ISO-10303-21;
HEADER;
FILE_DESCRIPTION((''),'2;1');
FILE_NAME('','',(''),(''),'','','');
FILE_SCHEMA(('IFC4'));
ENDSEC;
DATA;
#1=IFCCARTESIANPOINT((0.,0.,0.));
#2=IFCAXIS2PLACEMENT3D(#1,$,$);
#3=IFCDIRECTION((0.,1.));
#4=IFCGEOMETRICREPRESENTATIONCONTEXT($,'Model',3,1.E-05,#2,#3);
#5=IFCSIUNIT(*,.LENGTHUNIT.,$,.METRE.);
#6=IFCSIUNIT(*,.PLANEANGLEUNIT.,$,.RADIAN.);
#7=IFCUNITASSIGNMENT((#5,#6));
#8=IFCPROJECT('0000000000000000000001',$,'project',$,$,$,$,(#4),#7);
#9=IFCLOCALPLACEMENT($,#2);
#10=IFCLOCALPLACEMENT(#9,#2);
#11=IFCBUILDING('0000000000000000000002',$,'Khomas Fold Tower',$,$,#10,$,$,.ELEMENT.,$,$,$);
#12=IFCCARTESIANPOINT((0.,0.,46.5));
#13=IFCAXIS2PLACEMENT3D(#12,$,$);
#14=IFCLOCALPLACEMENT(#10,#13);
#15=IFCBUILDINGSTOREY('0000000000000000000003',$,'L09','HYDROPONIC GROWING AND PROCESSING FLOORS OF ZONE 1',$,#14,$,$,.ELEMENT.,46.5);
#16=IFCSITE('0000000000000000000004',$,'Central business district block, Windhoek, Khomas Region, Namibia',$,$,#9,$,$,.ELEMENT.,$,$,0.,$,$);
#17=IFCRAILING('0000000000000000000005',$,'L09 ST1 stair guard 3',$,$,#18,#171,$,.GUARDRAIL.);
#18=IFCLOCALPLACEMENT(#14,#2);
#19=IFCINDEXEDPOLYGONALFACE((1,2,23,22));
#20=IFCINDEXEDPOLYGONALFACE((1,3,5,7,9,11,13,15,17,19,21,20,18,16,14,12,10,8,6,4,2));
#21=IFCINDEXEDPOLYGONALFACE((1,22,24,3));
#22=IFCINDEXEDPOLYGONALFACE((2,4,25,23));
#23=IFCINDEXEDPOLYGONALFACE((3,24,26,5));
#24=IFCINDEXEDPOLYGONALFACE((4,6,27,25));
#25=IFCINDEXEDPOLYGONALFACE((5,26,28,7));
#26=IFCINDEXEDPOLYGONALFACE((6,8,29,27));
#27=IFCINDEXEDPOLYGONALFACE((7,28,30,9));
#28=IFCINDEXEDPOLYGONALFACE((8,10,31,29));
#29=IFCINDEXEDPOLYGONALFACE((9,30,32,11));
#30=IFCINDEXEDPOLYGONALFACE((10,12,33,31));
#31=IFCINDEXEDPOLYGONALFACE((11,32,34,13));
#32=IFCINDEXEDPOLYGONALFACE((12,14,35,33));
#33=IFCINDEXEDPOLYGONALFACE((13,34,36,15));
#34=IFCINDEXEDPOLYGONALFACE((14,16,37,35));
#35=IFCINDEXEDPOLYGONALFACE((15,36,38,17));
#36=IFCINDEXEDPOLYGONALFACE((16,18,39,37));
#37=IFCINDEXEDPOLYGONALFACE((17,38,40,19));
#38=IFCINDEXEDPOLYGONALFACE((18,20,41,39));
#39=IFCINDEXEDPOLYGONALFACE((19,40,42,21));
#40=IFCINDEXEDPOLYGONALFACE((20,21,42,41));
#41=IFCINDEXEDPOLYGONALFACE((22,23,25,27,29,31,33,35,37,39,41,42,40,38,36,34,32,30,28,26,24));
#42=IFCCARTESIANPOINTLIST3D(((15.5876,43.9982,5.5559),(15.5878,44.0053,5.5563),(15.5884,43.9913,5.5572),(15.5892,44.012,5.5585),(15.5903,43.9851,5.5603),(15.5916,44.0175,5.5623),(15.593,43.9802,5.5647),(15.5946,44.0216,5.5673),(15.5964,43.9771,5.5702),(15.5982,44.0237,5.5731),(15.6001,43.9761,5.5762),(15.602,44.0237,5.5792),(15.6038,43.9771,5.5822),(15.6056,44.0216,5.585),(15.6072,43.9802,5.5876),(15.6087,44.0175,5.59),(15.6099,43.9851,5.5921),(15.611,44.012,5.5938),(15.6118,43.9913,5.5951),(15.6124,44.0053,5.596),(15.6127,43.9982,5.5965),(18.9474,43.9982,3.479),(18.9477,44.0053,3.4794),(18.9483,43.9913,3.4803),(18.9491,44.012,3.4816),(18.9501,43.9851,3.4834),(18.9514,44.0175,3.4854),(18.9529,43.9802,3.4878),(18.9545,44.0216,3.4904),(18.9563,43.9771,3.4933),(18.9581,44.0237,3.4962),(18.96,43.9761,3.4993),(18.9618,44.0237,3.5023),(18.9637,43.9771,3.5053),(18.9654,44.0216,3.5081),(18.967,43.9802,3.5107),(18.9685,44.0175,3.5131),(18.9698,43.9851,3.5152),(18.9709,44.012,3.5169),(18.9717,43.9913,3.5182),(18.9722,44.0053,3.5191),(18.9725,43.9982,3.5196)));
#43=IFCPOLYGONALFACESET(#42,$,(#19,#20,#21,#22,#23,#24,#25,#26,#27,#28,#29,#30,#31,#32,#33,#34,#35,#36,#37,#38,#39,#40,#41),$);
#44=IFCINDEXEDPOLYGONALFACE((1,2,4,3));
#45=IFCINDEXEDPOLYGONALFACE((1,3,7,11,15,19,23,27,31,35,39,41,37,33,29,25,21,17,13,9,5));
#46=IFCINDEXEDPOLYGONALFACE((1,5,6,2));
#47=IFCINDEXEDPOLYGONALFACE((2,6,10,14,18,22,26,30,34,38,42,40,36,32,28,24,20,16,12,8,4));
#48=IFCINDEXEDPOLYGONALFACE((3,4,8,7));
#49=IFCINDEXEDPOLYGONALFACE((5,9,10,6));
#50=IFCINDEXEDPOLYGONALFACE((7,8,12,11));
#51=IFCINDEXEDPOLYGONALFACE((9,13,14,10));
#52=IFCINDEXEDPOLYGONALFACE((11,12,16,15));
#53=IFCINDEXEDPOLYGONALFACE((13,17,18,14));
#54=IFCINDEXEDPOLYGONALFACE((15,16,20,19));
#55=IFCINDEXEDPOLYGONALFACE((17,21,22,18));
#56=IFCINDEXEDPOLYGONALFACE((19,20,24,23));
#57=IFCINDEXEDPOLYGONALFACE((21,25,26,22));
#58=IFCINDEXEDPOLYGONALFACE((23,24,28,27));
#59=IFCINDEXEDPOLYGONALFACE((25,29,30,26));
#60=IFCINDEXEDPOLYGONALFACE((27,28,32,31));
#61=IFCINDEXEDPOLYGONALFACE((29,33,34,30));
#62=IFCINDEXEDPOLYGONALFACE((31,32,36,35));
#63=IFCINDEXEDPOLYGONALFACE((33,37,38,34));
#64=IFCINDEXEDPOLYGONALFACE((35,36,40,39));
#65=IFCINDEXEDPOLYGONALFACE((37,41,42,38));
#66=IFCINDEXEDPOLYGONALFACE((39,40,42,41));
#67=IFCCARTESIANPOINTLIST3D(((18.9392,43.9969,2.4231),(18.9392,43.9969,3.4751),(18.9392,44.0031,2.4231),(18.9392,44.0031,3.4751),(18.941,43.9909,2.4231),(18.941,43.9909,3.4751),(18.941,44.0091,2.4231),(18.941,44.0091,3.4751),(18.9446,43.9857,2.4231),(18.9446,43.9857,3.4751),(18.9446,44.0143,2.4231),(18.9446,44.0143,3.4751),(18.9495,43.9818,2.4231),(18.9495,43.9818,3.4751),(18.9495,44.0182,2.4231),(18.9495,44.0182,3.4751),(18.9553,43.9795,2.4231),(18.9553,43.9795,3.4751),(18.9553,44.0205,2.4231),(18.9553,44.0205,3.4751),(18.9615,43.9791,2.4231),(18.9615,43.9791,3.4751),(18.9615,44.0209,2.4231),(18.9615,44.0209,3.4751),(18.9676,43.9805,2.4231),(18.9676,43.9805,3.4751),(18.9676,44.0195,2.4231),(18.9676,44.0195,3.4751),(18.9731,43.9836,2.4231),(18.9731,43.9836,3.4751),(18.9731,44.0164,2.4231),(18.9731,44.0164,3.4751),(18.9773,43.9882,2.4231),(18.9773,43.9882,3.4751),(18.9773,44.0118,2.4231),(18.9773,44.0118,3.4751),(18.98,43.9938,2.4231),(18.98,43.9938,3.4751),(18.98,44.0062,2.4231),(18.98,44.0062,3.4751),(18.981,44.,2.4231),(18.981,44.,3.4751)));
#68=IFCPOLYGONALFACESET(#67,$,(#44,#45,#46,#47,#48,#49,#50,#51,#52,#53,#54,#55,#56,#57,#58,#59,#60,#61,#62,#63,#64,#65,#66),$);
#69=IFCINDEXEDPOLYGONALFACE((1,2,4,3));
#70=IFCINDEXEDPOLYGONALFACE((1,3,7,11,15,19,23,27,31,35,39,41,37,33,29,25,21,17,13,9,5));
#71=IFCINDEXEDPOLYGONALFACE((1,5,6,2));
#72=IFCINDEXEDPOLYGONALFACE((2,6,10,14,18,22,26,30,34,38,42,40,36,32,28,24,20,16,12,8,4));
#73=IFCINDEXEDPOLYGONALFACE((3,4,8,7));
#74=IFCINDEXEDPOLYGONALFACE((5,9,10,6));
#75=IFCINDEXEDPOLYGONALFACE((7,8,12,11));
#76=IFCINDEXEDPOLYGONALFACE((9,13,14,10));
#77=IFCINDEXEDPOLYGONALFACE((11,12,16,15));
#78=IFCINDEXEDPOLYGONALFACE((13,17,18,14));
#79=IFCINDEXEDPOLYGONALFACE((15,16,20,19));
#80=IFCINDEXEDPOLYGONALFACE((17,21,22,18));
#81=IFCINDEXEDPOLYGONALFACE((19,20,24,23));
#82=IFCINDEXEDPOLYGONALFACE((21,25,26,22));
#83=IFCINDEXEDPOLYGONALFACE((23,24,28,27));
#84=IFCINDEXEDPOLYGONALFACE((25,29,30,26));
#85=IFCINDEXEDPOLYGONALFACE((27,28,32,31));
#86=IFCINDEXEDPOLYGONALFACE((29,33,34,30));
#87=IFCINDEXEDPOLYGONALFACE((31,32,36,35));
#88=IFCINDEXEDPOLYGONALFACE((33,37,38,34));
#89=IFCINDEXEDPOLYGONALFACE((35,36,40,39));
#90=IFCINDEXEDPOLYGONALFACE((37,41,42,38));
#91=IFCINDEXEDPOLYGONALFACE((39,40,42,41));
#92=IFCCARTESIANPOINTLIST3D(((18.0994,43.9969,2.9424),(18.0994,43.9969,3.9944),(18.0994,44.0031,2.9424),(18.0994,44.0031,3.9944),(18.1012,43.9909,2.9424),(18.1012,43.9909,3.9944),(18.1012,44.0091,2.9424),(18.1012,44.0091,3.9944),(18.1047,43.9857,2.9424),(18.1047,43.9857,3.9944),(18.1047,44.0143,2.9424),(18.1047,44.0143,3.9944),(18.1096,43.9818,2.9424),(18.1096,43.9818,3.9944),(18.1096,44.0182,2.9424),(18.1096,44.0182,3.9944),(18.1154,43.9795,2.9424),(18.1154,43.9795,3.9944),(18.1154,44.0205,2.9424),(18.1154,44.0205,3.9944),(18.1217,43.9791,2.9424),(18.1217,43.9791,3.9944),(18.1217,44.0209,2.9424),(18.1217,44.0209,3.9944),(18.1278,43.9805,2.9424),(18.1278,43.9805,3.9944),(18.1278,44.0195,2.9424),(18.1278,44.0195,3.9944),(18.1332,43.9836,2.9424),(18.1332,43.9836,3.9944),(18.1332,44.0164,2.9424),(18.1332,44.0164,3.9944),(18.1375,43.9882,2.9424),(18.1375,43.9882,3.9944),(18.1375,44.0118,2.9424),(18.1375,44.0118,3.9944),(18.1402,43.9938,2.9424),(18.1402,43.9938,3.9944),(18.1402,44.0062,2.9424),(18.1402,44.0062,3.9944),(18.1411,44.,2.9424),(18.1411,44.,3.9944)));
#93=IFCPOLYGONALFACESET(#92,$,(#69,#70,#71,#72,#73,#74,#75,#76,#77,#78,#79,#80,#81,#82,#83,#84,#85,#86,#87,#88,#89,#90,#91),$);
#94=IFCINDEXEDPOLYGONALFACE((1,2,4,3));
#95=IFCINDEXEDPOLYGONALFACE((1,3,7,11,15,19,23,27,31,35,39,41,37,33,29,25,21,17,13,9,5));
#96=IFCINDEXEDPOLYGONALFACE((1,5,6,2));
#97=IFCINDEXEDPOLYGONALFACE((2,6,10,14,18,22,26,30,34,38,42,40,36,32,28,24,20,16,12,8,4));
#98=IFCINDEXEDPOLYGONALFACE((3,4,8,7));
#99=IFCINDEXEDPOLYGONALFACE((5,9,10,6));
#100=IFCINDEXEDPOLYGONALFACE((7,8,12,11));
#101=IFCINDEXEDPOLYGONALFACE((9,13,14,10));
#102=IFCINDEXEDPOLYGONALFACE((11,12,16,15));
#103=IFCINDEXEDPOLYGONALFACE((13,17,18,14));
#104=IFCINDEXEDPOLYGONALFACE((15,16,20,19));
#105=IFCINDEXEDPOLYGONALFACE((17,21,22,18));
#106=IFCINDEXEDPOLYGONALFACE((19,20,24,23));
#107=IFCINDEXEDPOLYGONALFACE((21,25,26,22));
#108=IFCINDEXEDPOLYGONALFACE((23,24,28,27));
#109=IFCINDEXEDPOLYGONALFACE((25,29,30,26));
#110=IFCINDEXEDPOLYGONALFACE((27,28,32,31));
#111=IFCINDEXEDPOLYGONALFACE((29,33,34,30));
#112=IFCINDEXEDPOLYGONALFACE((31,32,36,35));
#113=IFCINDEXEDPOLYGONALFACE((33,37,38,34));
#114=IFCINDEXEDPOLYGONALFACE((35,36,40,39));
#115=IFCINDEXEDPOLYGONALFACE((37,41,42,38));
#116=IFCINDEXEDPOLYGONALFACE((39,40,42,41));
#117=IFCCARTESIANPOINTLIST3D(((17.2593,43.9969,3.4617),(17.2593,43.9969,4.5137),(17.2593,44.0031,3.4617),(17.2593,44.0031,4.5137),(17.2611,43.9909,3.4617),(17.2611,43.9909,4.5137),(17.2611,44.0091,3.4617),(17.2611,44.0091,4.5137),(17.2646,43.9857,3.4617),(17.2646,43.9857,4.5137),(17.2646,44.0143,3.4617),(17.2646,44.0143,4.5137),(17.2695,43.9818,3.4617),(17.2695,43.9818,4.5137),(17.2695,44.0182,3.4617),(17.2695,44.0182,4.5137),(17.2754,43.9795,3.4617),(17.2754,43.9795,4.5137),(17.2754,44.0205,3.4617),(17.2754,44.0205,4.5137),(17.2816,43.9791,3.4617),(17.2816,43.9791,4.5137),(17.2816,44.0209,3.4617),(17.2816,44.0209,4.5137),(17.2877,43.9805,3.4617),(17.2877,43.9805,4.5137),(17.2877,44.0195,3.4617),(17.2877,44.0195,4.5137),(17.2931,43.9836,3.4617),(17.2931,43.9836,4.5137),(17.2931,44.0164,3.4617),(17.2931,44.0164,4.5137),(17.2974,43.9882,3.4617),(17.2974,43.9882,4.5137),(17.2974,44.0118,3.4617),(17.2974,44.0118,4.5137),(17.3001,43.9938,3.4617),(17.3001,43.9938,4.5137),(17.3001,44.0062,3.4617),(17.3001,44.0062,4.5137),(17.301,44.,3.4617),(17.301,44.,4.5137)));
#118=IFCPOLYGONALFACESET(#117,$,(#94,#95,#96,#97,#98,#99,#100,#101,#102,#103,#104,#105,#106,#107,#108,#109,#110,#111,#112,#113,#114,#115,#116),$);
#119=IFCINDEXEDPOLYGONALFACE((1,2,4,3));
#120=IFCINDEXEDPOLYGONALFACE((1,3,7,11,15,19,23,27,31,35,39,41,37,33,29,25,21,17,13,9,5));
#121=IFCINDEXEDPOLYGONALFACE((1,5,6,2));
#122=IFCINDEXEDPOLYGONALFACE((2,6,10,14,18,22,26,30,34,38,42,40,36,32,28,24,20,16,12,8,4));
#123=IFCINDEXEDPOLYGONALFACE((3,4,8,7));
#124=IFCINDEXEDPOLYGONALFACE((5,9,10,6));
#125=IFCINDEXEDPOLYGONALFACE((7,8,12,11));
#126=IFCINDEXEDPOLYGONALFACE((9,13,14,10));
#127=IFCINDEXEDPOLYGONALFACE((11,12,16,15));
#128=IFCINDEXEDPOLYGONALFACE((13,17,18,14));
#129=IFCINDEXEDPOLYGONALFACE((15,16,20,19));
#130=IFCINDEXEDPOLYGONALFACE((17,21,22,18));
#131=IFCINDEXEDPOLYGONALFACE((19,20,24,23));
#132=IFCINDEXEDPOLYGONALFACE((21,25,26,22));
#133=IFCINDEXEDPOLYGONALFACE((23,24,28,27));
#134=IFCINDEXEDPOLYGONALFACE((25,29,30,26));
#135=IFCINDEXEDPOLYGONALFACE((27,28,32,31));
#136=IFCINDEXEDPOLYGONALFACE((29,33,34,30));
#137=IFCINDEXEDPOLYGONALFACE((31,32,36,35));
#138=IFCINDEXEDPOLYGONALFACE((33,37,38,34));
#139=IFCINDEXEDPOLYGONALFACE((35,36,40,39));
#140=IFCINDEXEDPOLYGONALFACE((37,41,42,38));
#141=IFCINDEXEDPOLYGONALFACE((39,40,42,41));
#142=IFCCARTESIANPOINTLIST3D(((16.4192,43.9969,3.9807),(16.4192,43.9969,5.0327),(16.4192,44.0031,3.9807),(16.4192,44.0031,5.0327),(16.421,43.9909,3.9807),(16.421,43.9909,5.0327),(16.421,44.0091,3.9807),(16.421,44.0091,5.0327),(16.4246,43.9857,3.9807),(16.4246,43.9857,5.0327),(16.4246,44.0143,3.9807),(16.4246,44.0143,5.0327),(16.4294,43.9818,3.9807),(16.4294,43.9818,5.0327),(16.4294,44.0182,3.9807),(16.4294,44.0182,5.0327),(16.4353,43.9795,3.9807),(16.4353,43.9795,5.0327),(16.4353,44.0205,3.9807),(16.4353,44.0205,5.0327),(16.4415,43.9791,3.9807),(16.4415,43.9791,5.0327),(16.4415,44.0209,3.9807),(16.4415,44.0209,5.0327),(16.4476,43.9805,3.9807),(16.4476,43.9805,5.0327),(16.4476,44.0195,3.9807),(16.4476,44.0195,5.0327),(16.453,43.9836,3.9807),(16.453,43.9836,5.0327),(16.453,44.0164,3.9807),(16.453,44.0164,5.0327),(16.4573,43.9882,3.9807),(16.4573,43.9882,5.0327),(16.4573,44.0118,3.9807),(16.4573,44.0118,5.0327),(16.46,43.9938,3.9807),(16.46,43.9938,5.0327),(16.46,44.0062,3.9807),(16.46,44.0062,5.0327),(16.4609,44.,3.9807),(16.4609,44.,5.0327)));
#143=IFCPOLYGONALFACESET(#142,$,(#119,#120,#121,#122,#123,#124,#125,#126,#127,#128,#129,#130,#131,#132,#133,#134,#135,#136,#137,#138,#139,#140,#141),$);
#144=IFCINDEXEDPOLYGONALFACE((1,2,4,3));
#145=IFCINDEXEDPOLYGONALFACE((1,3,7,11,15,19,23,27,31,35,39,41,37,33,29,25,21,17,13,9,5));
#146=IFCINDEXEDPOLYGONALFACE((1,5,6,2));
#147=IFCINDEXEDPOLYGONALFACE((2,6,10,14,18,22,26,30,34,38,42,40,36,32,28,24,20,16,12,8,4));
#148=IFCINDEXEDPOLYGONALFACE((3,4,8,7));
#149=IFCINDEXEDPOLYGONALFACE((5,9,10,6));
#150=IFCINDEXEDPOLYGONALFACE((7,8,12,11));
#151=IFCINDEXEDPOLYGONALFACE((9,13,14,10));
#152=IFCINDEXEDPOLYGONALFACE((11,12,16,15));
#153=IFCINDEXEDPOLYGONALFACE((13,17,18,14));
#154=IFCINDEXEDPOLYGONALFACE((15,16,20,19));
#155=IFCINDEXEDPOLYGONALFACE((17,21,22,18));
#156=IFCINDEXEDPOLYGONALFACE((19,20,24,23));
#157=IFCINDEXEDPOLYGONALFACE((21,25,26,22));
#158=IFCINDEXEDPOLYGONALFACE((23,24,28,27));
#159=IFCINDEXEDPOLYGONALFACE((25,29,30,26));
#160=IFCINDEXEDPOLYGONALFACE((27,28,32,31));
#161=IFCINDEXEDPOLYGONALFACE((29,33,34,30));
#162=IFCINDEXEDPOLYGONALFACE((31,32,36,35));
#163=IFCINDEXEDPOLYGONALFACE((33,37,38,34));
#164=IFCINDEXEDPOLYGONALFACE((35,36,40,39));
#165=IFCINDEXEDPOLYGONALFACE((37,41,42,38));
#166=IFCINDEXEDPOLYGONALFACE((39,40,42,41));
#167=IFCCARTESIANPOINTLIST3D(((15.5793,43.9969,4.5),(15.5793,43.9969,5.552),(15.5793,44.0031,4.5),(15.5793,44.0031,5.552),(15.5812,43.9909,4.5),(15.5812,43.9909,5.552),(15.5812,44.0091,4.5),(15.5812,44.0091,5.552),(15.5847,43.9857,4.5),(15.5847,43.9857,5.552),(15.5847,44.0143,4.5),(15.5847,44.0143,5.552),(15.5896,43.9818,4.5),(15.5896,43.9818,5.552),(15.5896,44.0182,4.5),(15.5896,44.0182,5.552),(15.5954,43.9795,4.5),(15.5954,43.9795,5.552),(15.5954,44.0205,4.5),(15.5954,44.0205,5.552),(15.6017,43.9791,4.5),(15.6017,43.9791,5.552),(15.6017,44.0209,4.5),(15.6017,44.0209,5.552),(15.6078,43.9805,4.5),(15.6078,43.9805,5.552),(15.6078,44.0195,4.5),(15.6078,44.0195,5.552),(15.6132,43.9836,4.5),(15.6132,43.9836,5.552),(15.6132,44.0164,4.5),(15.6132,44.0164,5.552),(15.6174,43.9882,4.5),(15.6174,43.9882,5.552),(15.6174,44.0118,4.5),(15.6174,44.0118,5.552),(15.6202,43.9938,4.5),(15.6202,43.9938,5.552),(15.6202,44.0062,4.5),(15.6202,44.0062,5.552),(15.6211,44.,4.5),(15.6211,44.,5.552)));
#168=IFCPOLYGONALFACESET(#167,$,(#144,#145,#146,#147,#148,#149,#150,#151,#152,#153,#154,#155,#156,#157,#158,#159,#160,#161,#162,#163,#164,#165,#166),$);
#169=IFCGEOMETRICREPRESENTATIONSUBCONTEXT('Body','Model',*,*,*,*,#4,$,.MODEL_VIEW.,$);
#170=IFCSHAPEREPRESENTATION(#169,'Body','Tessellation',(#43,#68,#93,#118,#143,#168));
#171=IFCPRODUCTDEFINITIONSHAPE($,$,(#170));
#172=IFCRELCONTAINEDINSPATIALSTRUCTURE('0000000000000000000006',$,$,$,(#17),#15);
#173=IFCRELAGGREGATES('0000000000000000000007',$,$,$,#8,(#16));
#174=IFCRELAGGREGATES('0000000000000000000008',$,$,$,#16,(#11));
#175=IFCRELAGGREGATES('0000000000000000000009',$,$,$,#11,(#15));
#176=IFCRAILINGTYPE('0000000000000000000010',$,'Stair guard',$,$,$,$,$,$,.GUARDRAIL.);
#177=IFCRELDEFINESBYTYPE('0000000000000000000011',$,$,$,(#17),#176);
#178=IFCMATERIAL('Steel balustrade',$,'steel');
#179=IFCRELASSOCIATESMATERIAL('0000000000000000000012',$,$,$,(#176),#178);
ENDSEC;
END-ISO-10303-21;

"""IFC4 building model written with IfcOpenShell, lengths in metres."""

from ifc_helpers import new_model, si_unit, direction, frame, origin, origin_2d, place, context, subcontext, project, spatial, circle, extrude, source, transform, mapped, material, type_object, element, save


model = new_model("IFC4")

# Units and contexts
model_context = context("Model", 3, precision=1e-05, world=origin(), true_north=direction((0.0, 1.0)))
body_context = subcontext(model_context, "Body", "Model", "MODEL_VIEW")
ifc_project = project(units=[si_unit("LENGTHUNIT", "METRE"), si_unit("PLANEANGLEUNIT", "RADIAN")], contexts=[model_context])

# Site, building, storey
site_placement = place(None, origin())
site = spatial("IfcSite", under=ifc_project, at=site_placement, Name="Central business district block, Windhoek, Khomas Region, Namibia", CompositionType="ELEMENT", RefElevation=0.0)
building_placement = place(site_placement, origin())
building = spatial("IfcBuilding", under=site, at=building_placement, Name="Khomas Fold Tower", CompositionType="ELEMENT")
storey_placement = place(building_placement, frame((0.0, 0.0, 46.5)))
storey = spatial("IfcBuildingStorey", under=building, at=storey_placement, Name="L09", Description="HYDROPONIC GROWING AND PROCESSING FLOORS OF ZONE 1", CompositionType="ELEMENT", Elevation=46.5)

# Railing
ifc_material_1 = material(Name="Steel balustrade", Category="steel")
railing_type_1 = type_object("IfcRailingType", Name="Stair guard", PredefinedType="GUARDRAIL", material=ifc_material_1)
shared_shape_1 = source(origin(), body_context, "Body", "SweptSolid", [
    extrude(circle(Radius=0.0239, at=origin_2d()), frame((0.0, 0.0, 1.0762), z_axis=(-0.850606, 0.0, 0.525803), x_axis=(0.0, -1.0, 0.0)), (0.0, 0.0, 1.0), 3.95),
    extrude(circle(Radius=0.021, at=origin_2d()), origin(), (0.0, 0.0, 1.0), 1.052),
    extrude(circle(Radius=0.021, at=origin_2d()), frame((-0.8398, 0.0, 0.5193)), (0.0, 0.0, 1.0), 1.052),
    extrude(circle(Radius=0.021, at=origin_2d()), frame((-1.6799, 0.0, 1.0386)), (0.0, 0.0, 1.0), 1.052),
    extrude(circle(Radius=0.021, at=origin_2d()), frame((-2.52, 0.0, 1.5576)), (0.0, 0.0, 1.0), 1.052),
    extrude(circle(Radius=0.021, at=origin_2d()), frame((-3.3599, 0.0, 2.0769)), (0.0, 0.0, 1.0), 1.052),
])
railing_1_placement = place(storey_placement, frame((18.96, 44.0, 2.4231)))
element("IfcRailing", 1, at=railing_1_placement, inside=storey, type_object=railing_type_1, Name="L09 ST1 stair guard 3", PredefinedType="GUARDRAIL", context=body_context, shape_type="MappedRepresentation", body=[
    mapped(shared_shape_1, transform((0.0, 0.0, 0.0))),
])

save(model, "model.ifc")
